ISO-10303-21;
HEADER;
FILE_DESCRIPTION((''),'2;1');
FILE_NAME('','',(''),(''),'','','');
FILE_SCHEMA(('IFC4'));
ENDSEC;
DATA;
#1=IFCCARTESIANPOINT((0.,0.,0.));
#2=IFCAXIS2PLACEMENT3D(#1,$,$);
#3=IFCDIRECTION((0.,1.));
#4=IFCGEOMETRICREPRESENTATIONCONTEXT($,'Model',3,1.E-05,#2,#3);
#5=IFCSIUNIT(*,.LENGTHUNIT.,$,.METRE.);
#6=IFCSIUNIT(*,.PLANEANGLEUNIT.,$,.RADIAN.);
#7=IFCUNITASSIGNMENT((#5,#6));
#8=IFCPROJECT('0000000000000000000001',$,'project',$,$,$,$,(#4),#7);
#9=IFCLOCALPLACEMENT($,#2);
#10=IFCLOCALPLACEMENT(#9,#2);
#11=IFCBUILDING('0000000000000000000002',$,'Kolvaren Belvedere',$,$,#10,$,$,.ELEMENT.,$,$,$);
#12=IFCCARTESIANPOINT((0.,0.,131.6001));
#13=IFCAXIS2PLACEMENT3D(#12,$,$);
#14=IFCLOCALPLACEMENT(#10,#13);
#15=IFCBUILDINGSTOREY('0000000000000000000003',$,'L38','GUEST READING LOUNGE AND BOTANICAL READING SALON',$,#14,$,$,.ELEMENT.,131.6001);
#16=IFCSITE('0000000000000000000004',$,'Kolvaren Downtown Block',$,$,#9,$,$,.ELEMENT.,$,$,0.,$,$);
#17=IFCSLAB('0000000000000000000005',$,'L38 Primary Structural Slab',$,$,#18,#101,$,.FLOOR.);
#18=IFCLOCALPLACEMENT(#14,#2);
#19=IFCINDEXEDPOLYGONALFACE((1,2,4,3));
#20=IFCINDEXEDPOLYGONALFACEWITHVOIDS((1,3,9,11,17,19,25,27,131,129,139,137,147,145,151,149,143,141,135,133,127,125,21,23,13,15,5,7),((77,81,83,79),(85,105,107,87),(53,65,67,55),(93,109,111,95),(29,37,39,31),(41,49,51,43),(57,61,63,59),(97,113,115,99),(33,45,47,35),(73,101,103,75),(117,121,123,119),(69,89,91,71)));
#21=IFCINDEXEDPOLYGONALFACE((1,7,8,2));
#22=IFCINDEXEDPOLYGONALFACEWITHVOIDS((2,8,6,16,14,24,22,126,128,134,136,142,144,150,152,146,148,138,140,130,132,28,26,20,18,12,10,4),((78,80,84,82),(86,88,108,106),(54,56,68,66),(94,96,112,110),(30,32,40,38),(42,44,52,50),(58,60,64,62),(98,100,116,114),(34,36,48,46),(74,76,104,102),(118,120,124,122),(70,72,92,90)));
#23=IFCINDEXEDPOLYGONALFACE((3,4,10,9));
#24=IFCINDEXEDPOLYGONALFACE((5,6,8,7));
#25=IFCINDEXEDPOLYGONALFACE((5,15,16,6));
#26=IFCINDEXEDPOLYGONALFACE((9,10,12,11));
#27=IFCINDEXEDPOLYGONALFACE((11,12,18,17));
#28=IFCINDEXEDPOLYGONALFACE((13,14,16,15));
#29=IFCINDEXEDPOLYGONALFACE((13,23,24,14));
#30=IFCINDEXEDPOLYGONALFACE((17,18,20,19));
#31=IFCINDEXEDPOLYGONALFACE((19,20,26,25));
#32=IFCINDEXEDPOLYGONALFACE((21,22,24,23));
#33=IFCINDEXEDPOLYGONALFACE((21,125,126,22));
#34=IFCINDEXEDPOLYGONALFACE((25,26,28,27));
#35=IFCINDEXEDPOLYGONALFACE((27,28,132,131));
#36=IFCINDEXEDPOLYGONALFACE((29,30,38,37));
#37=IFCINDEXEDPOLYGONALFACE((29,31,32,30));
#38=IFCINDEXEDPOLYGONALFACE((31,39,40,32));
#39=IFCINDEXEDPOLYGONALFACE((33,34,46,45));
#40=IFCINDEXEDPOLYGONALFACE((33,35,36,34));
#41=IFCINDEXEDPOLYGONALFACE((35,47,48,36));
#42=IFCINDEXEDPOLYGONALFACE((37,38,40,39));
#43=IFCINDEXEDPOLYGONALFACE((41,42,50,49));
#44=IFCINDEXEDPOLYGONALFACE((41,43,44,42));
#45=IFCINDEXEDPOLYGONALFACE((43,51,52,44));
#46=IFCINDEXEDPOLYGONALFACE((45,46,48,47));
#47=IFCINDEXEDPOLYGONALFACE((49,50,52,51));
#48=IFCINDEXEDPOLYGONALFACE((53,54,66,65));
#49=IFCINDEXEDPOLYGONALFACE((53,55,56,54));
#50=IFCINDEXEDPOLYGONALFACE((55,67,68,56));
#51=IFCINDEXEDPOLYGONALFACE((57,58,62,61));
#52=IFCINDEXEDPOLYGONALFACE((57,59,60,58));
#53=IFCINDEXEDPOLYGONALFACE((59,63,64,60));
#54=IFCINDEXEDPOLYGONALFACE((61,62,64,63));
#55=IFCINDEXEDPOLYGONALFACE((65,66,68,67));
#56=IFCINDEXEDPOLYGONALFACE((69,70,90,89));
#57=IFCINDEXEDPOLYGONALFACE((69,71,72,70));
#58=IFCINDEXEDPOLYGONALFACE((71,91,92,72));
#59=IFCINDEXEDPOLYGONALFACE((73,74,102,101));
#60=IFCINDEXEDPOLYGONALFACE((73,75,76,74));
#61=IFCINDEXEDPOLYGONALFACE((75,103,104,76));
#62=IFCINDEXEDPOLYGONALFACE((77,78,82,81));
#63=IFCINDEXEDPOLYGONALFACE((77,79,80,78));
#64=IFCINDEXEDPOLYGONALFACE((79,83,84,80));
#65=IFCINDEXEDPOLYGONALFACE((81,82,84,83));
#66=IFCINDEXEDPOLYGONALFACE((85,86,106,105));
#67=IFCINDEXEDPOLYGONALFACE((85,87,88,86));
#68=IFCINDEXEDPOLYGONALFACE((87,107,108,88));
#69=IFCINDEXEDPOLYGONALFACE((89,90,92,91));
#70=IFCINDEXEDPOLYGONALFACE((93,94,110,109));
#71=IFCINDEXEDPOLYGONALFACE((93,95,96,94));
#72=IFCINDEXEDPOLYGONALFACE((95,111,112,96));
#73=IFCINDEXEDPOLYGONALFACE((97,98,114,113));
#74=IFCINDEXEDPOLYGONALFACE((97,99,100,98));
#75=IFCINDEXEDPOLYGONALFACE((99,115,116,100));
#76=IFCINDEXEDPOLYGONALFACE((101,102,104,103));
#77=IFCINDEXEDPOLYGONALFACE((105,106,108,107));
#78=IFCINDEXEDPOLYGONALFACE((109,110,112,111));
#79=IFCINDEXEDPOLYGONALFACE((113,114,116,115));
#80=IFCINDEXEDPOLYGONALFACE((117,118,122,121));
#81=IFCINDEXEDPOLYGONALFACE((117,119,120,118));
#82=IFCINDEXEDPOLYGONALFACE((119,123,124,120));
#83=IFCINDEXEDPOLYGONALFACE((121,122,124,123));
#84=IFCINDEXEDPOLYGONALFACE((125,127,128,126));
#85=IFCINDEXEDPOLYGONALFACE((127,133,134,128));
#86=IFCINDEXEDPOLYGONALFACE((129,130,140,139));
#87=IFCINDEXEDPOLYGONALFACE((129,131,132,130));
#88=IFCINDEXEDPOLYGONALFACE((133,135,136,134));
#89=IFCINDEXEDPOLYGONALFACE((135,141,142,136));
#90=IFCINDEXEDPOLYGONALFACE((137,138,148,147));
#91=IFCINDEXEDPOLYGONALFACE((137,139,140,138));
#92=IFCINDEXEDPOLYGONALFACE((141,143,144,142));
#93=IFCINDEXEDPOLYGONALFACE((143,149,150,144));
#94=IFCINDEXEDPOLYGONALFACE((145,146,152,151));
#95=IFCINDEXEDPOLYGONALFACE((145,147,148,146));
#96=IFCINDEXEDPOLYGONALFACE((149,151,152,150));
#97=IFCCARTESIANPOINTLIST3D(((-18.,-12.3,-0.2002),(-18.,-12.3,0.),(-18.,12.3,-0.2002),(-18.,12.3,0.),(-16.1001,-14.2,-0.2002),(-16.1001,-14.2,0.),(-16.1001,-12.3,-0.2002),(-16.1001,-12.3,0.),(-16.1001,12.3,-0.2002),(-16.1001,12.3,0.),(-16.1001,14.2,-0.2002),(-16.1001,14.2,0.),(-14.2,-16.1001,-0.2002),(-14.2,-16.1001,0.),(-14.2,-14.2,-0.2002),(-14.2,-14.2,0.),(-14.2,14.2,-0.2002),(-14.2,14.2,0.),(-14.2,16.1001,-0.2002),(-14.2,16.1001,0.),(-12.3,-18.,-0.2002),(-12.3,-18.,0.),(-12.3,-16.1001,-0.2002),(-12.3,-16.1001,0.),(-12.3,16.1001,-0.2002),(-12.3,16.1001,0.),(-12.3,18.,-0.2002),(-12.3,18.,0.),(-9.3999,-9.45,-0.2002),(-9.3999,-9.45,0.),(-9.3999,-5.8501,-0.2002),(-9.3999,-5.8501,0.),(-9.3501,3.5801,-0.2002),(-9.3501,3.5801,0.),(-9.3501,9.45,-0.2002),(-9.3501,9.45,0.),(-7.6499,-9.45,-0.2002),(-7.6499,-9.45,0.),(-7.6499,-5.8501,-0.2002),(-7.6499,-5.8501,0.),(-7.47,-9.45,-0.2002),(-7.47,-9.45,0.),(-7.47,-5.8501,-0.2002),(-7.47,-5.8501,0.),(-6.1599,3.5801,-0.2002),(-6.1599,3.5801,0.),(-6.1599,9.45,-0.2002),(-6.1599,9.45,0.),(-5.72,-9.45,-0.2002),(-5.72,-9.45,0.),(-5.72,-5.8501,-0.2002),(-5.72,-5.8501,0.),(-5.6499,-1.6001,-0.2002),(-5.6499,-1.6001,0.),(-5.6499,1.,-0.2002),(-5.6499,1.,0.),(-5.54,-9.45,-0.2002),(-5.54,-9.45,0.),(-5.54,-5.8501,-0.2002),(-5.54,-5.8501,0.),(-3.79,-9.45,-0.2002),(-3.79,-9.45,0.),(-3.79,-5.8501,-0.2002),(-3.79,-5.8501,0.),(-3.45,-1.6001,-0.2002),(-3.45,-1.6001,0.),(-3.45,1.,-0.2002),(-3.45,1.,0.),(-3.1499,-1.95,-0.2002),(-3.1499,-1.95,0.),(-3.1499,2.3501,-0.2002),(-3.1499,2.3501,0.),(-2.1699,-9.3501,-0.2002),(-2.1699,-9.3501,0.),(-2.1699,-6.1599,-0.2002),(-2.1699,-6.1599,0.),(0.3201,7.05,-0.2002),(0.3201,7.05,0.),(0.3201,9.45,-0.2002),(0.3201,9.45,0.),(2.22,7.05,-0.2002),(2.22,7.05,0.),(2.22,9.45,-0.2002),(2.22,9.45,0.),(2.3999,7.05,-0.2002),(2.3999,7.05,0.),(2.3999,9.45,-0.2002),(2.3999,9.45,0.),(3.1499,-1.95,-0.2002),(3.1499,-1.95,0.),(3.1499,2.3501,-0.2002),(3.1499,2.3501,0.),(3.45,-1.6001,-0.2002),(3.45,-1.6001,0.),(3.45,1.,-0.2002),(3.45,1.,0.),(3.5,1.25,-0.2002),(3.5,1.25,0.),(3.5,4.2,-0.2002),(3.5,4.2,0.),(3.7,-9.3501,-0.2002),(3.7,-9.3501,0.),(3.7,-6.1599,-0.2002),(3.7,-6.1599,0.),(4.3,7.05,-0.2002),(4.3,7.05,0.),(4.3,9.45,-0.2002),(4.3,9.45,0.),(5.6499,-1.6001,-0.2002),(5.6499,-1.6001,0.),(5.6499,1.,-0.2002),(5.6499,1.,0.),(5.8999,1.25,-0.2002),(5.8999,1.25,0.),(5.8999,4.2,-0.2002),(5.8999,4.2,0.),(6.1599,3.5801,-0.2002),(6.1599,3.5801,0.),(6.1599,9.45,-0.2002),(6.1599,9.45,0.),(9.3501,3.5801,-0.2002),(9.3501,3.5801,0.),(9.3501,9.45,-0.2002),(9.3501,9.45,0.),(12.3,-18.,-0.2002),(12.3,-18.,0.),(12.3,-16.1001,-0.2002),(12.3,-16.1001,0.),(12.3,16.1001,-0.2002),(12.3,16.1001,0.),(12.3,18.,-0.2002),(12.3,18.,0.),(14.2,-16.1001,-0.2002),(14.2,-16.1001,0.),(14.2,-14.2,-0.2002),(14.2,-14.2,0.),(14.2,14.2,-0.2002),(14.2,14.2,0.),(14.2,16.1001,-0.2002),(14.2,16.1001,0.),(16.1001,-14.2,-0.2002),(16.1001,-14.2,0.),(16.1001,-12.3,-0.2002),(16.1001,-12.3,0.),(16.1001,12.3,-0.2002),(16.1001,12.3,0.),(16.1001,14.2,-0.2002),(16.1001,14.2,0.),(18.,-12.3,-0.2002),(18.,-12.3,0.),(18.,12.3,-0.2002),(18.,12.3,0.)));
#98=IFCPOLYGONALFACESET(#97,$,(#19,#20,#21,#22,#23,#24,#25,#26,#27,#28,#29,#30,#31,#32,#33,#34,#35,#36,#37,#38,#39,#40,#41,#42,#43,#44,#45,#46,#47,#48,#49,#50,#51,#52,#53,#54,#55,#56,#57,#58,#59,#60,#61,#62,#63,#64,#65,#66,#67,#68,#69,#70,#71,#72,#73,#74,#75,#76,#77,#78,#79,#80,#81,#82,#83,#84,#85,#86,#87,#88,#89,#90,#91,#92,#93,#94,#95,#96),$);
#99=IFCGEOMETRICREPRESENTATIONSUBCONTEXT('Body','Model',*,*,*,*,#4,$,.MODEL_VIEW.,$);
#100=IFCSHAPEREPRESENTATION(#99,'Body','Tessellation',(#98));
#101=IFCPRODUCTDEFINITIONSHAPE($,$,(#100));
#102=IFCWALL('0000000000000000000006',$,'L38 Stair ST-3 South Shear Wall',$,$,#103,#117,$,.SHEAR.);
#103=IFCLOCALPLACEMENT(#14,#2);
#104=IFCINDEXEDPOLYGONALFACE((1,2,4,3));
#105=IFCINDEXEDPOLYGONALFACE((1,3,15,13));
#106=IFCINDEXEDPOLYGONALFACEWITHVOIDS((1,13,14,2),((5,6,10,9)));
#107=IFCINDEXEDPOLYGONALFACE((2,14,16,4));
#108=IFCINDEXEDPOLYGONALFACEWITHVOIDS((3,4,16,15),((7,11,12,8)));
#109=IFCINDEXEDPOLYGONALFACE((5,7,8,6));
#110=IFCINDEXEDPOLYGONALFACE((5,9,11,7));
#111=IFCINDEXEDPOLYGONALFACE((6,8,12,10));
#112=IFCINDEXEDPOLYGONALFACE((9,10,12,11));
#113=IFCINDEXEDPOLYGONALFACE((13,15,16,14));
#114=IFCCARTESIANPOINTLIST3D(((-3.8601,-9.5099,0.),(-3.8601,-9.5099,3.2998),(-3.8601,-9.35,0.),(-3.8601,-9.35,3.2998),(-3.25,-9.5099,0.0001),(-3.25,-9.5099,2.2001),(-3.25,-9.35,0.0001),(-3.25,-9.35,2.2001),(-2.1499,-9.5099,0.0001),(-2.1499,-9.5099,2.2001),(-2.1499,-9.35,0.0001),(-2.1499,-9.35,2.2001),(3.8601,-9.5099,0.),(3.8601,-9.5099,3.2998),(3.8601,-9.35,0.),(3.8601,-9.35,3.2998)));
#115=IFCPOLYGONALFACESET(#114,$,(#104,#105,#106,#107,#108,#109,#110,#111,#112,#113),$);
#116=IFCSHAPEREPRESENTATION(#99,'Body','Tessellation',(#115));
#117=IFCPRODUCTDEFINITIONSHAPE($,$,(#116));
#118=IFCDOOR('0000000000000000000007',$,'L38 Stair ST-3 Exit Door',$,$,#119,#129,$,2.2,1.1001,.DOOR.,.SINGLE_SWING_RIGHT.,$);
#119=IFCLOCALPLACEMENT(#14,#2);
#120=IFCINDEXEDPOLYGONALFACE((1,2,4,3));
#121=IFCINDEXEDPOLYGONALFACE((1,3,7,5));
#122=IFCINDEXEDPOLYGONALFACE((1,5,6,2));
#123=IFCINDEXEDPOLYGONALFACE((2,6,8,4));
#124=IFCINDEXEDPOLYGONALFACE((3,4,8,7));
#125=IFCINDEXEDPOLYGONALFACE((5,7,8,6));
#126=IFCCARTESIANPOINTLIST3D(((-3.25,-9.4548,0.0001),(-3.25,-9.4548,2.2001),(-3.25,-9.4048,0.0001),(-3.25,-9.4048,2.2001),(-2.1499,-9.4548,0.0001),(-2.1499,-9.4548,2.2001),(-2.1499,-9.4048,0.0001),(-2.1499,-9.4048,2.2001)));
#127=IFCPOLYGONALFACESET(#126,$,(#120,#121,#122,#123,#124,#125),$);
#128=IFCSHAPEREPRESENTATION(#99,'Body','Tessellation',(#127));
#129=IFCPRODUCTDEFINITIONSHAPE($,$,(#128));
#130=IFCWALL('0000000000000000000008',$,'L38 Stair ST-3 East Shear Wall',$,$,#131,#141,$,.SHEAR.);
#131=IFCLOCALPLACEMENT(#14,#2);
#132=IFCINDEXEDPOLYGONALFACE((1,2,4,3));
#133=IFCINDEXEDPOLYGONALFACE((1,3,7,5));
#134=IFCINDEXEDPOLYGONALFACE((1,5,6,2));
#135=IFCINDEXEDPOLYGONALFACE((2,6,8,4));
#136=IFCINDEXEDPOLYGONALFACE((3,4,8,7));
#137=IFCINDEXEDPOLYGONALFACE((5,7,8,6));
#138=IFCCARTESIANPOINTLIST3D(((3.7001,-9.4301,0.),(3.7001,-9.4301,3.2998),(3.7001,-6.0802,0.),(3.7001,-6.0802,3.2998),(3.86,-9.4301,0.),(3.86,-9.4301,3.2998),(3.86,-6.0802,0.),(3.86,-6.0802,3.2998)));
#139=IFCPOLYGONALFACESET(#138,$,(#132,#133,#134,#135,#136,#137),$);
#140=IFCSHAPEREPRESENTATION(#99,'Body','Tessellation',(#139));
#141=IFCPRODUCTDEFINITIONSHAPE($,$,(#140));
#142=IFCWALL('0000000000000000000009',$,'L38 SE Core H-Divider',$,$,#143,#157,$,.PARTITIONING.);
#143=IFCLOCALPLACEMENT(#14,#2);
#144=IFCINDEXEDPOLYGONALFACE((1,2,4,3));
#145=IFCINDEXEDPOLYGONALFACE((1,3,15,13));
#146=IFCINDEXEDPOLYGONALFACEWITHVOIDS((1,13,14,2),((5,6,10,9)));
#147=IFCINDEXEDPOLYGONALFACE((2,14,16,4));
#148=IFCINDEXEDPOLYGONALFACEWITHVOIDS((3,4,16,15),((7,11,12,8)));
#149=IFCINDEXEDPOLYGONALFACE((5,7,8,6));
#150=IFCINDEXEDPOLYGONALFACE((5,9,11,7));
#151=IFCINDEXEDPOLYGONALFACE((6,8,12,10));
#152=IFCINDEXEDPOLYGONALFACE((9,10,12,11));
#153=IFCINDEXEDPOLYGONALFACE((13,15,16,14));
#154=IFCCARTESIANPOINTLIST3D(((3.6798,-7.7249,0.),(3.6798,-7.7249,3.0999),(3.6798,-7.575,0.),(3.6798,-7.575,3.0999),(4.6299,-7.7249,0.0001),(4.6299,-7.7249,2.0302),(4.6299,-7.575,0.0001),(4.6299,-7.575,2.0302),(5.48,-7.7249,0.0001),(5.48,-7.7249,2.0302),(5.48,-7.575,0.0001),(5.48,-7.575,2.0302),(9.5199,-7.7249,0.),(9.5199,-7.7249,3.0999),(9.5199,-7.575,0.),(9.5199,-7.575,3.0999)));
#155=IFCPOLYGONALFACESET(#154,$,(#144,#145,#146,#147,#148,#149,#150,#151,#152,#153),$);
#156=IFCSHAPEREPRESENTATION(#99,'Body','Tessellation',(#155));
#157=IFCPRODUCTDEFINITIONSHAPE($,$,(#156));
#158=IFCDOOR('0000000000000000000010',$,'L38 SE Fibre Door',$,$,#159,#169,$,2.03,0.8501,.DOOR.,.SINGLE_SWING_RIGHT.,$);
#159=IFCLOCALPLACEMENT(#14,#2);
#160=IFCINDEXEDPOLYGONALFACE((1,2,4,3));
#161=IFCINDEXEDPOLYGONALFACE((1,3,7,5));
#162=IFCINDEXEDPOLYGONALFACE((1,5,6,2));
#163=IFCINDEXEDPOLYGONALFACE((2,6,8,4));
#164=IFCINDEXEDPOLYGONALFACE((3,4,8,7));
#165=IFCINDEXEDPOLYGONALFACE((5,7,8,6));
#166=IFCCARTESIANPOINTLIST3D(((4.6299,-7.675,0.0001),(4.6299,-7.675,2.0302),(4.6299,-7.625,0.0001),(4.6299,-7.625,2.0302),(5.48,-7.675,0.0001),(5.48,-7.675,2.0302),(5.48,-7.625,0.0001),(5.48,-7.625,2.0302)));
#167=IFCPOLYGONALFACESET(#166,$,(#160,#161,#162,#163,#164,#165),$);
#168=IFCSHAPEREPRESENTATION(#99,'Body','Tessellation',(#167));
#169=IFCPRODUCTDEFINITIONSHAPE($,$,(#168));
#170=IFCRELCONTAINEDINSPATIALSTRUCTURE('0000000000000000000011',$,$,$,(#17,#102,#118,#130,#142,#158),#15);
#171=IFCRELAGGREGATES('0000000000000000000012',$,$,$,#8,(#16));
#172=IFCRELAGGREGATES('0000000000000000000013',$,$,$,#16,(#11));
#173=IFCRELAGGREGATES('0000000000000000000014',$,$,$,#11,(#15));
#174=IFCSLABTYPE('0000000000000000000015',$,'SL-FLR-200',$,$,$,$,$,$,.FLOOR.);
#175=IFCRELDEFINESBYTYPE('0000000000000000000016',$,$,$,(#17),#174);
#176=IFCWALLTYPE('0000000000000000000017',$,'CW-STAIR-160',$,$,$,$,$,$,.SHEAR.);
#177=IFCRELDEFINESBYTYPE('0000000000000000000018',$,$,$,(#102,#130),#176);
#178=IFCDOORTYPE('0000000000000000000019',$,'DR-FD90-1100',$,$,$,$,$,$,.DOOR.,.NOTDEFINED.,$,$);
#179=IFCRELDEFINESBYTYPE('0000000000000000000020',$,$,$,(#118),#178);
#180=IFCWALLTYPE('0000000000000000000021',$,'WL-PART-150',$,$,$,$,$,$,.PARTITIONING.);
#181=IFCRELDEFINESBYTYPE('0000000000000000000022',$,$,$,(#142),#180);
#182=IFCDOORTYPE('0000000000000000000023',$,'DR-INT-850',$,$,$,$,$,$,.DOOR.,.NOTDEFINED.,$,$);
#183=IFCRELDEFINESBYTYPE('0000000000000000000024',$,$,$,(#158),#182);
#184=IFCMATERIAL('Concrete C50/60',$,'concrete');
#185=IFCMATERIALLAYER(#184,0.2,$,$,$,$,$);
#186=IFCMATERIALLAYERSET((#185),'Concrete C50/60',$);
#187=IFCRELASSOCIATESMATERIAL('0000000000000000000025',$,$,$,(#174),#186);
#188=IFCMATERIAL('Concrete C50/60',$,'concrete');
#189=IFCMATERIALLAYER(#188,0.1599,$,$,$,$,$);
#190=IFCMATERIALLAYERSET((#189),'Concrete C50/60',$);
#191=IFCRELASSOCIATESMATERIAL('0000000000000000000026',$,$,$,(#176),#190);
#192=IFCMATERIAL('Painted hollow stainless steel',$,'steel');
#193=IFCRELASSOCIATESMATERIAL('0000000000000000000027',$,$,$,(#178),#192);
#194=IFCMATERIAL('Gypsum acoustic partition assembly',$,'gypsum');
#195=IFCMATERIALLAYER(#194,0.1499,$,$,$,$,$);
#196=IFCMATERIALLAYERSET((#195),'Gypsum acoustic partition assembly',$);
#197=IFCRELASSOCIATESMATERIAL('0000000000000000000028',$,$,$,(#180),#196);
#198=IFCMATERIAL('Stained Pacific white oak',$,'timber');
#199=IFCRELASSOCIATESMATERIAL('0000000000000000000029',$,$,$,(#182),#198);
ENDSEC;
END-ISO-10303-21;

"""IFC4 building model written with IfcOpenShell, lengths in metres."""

from ifc_helpers import new_model, si_unit, direction, frame, frame_2d, origin, place, context, subcontext, project, spatial, polyline, rectangle, outline, extrude, material, layer, layer_set, type_object, element, fill, save


model = new_model("IFC4")

# Units and contexts
model_context = context("Model", 3, precision=1e-05, world=origin(), true_north=direction((0.0, 1.0)))
body_context = subcontext(model_context, "Body", "Model", "MODEL_VIEW")
ifc_project = project(units=[si_unit("LENGTHUNIT", "METRE"), si_unit("PLANEANGLEUNIT", "RADIAN")], contexts=[model_context])

# Site, building, storey
site_placement = place(None, origin())
site = spatial("IfcSite", under=ifc_project, at=site_placement, Name="Kolvaren Downtown Block", CompositionType="ELEMENT", RefElevation=0.0)
building_placement = place(site_placement, origin())
building = spatial("IfcBuilding", under=site, at=building_placement, Name="Kolvaren Belvedere", CompositionType="ELEMENT")
storey_placement = place(building_placement, frame((0.0, 0.0, 131.6001)))
storey = spatial("IfcBuildingStorey", under=building, at=storey_placement, Name="L38", Description="GUEST READING LOUNGE AND BOTANICAL READING SALON", CompositionType="ELEMENT", Elevation=131.6001)

# Slab
ifc_material_1 = material(Name="Concrete C50/60", Category="concrete")
ifc_layer_1 = layer(ifc_material_1, 0.2)
ifc_layer_set_1 = layer_set([ifc_layer_1], Name="Concrete C50/60")
slab_type_1 = type_object("IfcSlabType", Name="SL-FLR-200", PredefinedType="FLOOR", material=ifc_layer_set_1)
slab_1_placement = place(storey_placement, frame((0.0, 0.0, -0.2002)))
element("IfcSlab", 1, at=slab_1_placement, inside=storey, type_object=slab_type_1, Name="L38 Primary Structural Slab", PredefinedType="FLOOR", context=body_context, shape_type="SweptSolid", body=[
    extrude(outline(polyline([(-12.3, -18.0), (12.3, -18.0), (12.3, -16.1001), (14.2, -16.1001), (14.2, -14.2), (16.1001, -14.2), (16.1001, -12.3), (18.0, -12.3), (18.0, 12.3), (16.1001, 12.3), (16.1001, 14.2), (14.2, 14.2), (14.2, 16.1001), (12.3, 16.1001), (12.3, 18.0), (-12.3, 18.0), (-12.3, 16.1001), (-14.2, 16.1001), (-14.2, 14.2), (-16.1001, 14.2), (-16.1001, 12.3), (-18.0, 12.3), (-18.0, -12.3), (-16.1001, -12.3), (-16.1001, -14.2), (-14.2, -14.2), (-14.2, -16.1001), (-12.3, -16.1001), (-12.3, -18.0)]), holes=[polyline([(-9.3501, 3.5801), (-6.1599, 3.5801), (-6.1599, 9.45), (-9.3501, 9.45), (-9.3501, 3.5801)]), polyline([(6.1599, 3.5801), (9.3501, 3.5801), (9.3501, 9.45), (6.1599, 9.45), (6.1599, 3.5801)]), polyline([(-2.1699, -9.3501), (3.7, -9.3501), (3.7, -6.1599), (-2.1699, -6.1599), (-2.1699, -9.3501)]), polyline([(-5.6499, -1.6001), (-3.45, -1.6001), (-3.45, 1.0), (-5.6499, 1.0), (-5.6499, -1.6001)]), polyline([(3.5, 1.25), (5.8999, 1.25), (5.8999, 4.2), (3.5, 4.2), (3.5, 1.25)]), polyline([(3.45, -1.6001), (5.6499, -1.6001), (5.6499, 1.0), (3.45, 1.0), (3.45, -1.6001)]), polyline([(-9.3999, -9.45), (-7.6499, -9.45), (-7.6499, -5.8501), (-9.3999, -5.8501), (-9.3999, -9.45)]), polyline([(-7.47, -9.45), (-5.72, -9.45), (-5.72, -5.8501), (-7.47, -5.8501), (-7.47, -9.45)]), polyline([(-5.54, -9.45), (-3.79, -9.45), (-3.79, -5.8501), (-5.54, -5.8501), (-5.54, -9.45)]), polyline([(0.3201, 7.05), (2.22, 7.05), (2.22, 9.45), (0.3201, 9.45), (0.3201, 7.05)]), polyline([(2.3999, 7.05), (4.3, 7.05), (4.3, 9.45), (2.3999, 9.45), (2.3999, 7.05)]), polyline([(-3.1499, -1.95), (3.1499, -1.95), (3.1499, 2.3501), (-3.1499, 2.3501), (-3.1499, -1.95)])]), origin(), (0.0, 0.0, 1.0), 0.2002),
])

# Wall, opening, door
ifc_material_2 = material(Name="Concrete C50/60", Category="concrete")
ifc_layer_2 = layer(ifc_material_2, 0.1599)
ifc_layer_set_2 = layer_set([ifc_layer_2], Name="Concrete C50/60")
wall_type_1 = type_object("IfcWallType", Name="CW-STAIR-160", PredefinedType="SHEAR", material=ifc_layer_set_2)
wall_1_placement = place(storey_placement, frame((3.8601, -9.4299, 0.0), z_axis=(0.0, 0.0, 1.0), x_axis=(-1.0, 0.0, 0.0)))
wall_1 = element("IfcWall", 2, at=wall_1_placement, inside=storey, type_object=wall_type_1, Name="L38 Stair ST-3 South Shear Wall", PredefinedType="SHEAR", context=body_context, shape_type="SweptSolid", body=[
    extrude(rectangle(XDim=7.7202, YDim=0.1599, at=frame_2d((3.8601, 0.0))), origin(), (0.0, 0.0, 1.0), 3.2998),
])
opening_1_placement = place(wall_1_placement, frame((6.01, 0.0, 0.0)))
opening_1 = element("IfcOpeningElement", 3, at=opening_1_placement, cuts=wall_1, PredefinedType="OPENING", context=body_context, shape_type="SweptSolid", body=[
    extrude(rectangle(XDim=1.1001, YDim=2.2, at=frame_2d((0.55, 1.1001))), frame((0.0, 0.0898, 0.0), z_axis=(0.0, -1.0, 0.0), x_axis=(1.0, 0.0, 0.0)), (0.0, 0.0, 1.0), 0.1799),
])
ifc_material_3 = material(Name="Painted hollow stainless steel", Category="steel")
door_type_1 = type_object("IfcDoorType", Name="DR-FD90-1100", OperationType="NOTDEFINED", PredefinedType="DOOR", material=ifc_material_3)
door_1_placement = place(opening_1_placement, origin())
door_1 = element("IfcDoor", 4, at=door_1_placement, inside=storey, type_object=door_type_1, Name="L38 Stair ST-3 Exit Door", OperationType="SINGLE_SWING_RIGHT", OverallHeight=2.2, OverallWidth=1.1001, PredefinedType="DOOR", context=body_context, shape_type="SweptSolid", body=[
    extrude(rectangle(XDim=1.1001, YDim=2.2, at=frame_2d((0.55, 1.1001))), frame((0.0, 0.0249, 0.0), z_axis=(0.0, -1.0, 0.0), x_axis=(1.0, 0.0, 0.0)), (0.0, 0.0, 1.0), 0.05),
])
fill(opening_1, door_1)

# Wall
wall_2_placement = place(storey_placement, frame((3.78, -9.4299, 0.0), z_axis=(0.0, 0.0, 1.0), x_axis=(0.0, 1.0, 0.0)))
element("IfcWall", 5, at=wall_2_placement, inside=storey, type_object=wall_type_1, Name="L38 Stair ST-3 East Shear Wall", PredefinedType="SHEAR", context=body_context, shape_type="SweptSolid", body=[
    extrude(rectangle(XDim=3.3499, YDim=0.1599, at=frame_2d((1.6748, 0.0))), origin(), (0.0, 0.0, 1.0), 3.2998),
])

# Wall, opening, door
ifc_material_4 = material(Name="Gypsum acoustic partition assembly", Category="gypsum")
ifc_layer_3 = layer(ifc_material_4, 0.1499)
ifc_layer_set_3 = layer_set([ifc_layer_3], Name="Gypsum acoustic partition assembly")
wall_type_2 = type_object("IfcWallType", Name="WL-PART-150", PredefinedType="PARTITIONING", material=ifc_layer_set_3)
wall_3_placement = place(storey_placement, frame((3.6799, -7.6499, 0.0), z_axis=(0.0, 0.0, 1.0), x_axis=(1.0, 0.0, 0.0)))
wall_3 = element("IfcWall", 6, at=wall_3_placement, inside=storey, type_object=wall_type_2, Name="L38 SE Core H-Divider", PredefinedType="PARTITIONING", context=body_context, shape_type="SweptSolid", body=[
    extrude(rectangle(XDim=5.8401, YDim=0.1499, at=frame_2d((2.9199, 0.0))), origin(), (0.0, 0.0, 1.0), 3.0999),
])
opening_2_placement = place(wall_3_placement, frame((0.95, 0.0, 0.0)))
opening_2 = element("IfcOpeningElement", 7, at=opening_2_placement, cuts=wall_3, PredefinedType="OPENING", context=body_context, shape_type="SweptSolid", body=[
    extrude(rectangle(XDim=0.8501, YDim=2.03, at=frame_2d((0.425, 1.0151))), frame((0.0, 0.085, 0.0), z_axis=(0.0, -1.0, 0.0), x_axis=(1.0, 0.0, 0.0)), (0.0, 0.0, 1.0), 0.1699),
])
ifc_material_5 = material(Name="Stained Pacific white oak", Category="timber")
door_type_2 = type_object("IfcDoorType", Name="DR-INT-850", OperationType="NOTDEFINED", PredefinedType="DOOR", material=ifc_material_5)
door_2_placement = place(opening_2_placement, origin())
door_2 = element("IfcDoor", 8, at=door_2_placement, inside=storey, type_object=door_type_2, Name="L38 SE Fibre Door", OperationType="SINGLE_SWING_RIGHT", OverallHeight=2.03, OverallWidth=0.8501, PredefinedType="DOOR", context=body_context, shape_type="SweptSolid", body=[
    extrude(rectangle(XDim=0.8501, YDim=2.03, at=frame_2d((0.425, 1.0151))), frame((0.0, 0.0249, 0.0), z_axis=(0.0, -1.0, 0.0), x_axis=(1.0, 0.0, 0.0)), (0.0, 0.0, 1.0), 0.05),
])
fill(opening_2, door_2)

save(model, "model.ifc")
